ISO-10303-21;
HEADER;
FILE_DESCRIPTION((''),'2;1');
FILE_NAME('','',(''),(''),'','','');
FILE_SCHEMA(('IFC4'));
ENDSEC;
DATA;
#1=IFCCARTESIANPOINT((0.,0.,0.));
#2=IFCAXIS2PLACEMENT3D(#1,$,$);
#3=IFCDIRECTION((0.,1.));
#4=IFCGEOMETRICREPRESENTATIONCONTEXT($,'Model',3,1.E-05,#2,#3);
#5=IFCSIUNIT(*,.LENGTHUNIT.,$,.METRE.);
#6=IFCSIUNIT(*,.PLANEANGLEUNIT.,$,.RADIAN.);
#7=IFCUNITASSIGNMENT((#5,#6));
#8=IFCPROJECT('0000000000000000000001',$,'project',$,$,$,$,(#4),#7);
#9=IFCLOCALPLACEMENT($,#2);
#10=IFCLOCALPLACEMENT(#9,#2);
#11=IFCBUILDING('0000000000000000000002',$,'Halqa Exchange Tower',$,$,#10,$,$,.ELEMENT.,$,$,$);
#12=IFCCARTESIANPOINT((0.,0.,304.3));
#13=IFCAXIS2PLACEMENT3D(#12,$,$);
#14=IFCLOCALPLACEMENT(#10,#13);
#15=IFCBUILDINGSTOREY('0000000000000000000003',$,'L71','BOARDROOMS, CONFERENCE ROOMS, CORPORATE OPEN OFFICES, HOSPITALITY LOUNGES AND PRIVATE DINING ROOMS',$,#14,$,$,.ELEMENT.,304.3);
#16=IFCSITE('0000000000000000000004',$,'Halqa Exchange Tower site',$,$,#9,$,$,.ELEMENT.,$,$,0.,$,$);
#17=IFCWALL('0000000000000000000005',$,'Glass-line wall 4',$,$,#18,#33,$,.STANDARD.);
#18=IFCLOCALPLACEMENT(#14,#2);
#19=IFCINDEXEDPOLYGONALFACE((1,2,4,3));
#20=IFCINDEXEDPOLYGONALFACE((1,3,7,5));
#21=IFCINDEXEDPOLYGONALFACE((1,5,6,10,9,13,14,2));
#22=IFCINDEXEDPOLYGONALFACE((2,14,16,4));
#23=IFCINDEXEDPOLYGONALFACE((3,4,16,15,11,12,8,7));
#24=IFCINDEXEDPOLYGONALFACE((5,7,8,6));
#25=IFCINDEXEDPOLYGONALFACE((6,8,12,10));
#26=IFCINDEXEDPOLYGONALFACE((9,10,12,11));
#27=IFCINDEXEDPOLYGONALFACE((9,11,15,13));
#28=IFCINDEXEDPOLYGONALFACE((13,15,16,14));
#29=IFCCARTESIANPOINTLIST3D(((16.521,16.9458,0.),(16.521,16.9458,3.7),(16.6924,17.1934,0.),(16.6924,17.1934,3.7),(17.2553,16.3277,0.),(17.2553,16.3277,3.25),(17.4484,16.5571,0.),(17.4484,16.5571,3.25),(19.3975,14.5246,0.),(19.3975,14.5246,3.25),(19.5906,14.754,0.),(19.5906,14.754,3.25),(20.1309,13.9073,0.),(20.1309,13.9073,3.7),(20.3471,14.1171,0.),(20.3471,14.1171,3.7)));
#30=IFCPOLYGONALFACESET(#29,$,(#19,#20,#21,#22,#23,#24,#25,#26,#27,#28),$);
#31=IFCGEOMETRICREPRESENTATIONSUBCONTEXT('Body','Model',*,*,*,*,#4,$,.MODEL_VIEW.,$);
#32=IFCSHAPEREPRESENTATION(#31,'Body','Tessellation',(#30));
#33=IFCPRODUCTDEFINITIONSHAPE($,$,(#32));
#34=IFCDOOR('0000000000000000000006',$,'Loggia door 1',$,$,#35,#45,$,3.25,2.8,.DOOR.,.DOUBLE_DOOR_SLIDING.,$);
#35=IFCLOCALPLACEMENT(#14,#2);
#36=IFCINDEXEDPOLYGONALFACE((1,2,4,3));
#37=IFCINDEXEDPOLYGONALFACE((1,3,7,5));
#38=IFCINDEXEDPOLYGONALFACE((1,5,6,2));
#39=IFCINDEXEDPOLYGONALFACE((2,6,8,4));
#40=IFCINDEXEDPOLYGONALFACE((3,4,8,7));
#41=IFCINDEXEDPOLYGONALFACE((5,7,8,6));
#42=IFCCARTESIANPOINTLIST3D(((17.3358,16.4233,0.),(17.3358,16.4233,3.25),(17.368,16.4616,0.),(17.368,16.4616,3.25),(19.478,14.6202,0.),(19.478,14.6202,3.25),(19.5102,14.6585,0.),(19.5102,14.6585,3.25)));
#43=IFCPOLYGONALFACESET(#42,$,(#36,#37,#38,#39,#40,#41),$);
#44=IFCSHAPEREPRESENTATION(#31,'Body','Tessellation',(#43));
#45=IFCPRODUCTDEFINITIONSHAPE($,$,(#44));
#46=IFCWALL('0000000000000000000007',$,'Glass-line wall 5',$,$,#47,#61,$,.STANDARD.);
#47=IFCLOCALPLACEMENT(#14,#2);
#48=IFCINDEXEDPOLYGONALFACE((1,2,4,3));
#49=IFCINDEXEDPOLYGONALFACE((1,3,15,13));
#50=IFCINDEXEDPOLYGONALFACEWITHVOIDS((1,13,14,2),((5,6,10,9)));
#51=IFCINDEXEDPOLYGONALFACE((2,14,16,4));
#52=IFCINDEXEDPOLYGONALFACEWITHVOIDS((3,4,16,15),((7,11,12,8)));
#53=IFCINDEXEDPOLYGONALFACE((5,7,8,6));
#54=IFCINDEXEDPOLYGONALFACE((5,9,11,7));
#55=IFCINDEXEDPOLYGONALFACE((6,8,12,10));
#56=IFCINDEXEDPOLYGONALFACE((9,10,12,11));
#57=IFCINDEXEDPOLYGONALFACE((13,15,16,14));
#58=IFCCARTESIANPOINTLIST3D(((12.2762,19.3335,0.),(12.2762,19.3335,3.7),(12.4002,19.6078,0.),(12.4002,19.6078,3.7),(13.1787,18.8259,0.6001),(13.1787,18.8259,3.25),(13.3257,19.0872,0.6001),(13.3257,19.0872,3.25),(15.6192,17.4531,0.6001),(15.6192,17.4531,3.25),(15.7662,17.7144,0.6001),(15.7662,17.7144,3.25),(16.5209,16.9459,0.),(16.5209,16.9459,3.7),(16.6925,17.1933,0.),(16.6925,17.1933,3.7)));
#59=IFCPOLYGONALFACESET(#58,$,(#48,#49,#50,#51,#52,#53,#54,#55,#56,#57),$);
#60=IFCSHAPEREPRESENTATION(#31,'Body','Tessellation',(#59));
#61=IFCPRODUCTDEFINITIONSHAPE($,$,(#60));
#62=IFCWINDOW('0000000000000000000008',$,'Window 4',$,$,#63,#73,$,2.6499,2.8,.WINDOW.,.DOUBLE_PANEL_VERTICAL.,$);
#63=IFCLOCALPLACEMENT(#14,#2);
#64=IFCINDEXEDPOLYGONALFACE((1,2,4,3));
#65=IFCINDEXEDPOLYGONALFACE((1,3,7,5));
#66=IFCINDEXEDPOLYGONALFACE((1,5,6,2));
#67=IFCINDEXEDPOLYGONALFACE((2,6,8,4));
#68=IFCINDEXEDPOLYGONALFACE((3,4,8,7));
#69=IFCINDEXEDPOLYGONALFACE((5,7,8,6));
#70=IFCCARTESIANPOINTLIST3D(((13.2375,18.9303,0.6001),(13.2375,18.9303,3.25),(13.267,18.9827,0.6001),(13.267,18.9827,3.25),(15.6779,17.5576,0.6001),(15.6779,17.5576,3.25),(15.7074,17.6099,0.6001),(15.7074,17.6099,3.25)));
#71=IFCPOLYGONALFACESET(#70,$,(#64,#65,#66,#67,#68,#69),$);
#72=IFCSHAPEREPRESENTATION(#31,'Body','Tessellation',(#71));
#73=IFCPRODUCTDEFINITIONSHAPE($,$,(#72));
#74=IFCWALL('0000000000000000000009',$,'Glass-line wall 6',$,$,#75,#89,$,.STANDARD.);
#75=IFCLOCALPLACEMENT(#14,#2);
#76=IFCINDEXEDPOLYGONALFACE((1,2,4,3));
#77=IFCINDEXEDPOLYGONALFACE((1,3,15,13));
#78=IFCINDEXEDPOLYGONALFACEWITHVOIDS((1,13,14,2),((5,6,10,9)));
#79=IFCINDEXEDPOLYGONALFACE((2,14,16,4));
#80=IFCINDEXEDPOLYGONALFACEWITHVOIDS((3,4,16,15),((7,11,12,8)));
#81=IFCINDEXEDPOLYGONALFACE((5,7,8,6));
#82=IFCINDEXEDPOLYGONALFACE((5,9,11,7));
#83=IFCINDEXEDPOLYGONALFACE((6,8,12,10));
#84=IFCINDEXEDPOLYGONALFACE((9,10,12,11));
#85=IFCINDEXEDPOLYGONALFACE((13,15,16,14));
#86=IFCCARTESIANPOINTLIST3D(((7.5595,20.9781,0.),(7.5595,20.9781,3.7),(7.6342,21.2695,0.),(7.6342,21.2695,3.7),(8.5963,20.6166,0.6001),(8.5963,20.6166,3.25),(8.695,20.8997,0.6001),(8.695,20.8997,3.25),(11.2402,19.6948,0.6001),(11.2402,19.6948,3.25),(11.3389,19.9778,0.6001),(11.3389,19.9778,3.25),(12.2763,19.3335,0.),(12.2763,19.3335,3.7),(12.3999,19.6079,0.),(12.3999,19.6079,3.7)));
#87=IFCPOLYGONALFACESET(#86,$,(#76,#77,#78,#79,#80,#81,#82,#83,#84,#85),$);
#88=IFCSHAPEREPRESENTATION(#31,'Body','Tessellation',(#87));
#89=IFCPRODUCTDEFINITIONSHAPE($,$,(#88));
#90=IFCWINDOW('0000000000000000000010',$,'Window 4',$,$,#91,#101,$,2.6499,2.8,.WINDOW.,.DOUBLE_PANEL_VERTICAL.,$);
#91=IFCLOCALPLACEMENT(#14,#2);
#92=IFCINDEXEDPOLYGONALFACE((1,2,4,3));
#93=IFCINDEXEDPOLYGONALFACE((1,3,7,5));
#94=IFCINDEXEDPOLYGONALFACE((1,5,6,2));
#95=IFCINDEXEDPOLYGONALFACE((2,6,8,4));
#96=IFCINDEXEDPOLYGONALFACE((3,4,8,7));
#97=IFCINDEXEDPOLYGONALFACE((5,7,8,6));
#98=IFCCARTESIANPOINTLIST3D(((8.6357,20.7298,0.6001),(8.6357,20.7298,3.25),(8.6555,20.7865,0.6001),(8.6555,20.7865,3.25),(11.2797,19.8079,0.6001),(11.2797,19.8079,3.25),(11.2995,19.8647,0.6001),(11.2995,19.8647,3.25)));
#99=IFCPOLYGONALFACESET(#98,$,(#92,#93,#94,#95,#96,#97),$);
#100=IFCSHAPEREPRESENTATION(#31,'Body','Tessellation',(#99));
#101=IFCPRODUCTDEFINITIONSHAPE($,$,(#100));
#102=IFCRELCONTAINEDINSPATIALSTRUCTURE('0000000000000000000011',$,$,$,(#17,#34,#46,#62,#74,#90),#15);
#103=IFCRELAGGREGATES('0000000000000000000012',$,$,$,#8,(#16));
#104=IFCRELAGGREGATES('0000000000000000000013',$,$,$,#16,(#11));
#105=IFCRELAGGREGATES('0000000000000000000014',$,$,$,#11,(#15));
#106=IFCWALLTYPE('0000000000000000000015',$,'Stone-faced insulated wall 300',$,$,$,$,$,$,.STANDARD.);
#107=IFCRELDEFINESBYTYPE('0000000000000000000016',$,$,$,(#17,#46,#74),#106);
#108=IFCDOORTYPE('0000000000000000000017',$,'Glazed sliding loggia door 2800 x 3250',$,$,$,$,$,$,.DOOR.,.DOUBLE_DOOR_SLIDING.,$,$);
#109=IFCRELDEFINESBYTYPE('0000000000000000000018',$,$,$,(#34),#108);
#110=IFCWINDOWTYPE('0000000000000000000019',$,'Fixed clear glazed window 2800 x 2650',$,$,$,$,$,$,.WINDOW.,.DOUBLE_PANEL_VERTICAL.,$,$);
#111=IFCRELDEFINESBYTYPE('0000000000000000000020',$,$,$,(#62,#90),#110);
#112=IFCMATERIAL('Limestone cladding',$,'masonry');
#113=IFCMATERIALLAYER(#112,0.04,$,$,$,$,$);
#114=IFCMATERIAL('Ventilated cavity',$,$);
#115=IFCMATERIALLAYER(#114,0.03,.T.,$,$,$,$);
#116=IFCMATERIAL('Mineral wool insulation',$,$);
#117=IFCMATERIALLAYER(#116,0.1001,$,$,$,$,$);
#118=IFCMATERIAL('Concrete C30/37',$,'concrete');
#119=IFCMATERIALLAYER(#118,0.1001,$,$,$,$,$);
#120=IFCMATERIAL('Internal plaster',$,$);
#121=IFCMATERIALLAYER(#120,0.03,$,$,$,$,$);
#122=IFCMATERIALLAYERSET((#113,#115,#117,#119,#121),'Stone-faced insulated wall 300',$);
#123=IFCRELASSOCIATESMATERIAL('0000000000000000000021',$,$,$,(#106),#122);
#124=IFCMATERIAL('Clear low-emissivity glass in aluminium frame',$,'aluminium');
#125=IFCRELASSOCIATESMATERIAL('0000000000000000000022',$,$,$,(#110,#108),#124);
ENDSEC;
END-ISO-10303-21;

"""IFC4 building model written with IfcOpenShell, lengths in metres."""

from ifc_helpers import new_model, si_unit, direction, frame, frame_2d, origin, place, context, subcontext, project, spatial, polyline, rectangle, outline, extrude, material, layer, layer_set, type_object, element, fill, save


model = new_model("IFC4")

# Units and contexts
model_context = context("Model", 3, precision=1e-05, world=origin(), true_north=direction((0.0, 1.0)))
body_context = subcontext(model_context, "Body", "Model", "MODEL_VIEW")
ifc_project = project(units=[si_unit("LENGTHUNIT", "METRE"), si_unit("PLANEANGLEUNIT", "RADIAN")], contexts=[model_context])

# Site, building, storey
site_placement = place(None, origin())
site = spatial("IfcSite", under=ifc_project, at=site_placement, Name="Halqa Exchange Tower site", CompositionType="ELEMENT", RefElevation=0.0)
building_placement = place(site_placement, origin())
building = spatial("IfcBuilding", under=site, at=building_placement, Name="Halqa Exchange Tower", CompositionType="ELEMENT")
storey_placement = place(building_placement, frame((0.0, 0.0, 304.3)))
storey = spatial("IfcBuildingStorey", under=building, at=storey_placement, Name="L71", Description="BOARDROOMS, CONFERENCE ROOMS, CORPORATE OPEN OFFICES, HOSPITALITY LOUNGES AND PRIVATE DINING ROOMS", CompositionType="ELEMENT", Elevation=304.3)

# Shared definitions
ifc_material_1 = material(Name="Limestone cladding", Category="masonry")
ifc_layer_1 = layer(ifc_material_1, 0.04)
ifc_material_2 = material(Name="Ventilated cavity")
ifc_layer_2 = layer(ifc_material_2, 0.03, ventilated=True)
ifc_material_3 = material(Name="Mineral wool insulation")
ifc_layer_3 = layer(ifc_material_3, 0.1001)
ifc_material_4 = material(Name="Concrete C30/37", Category="concrete")
ifc_layer_4 = layer(ifc_material_4, 0.1001)
ifc_material_5 = material(Name="Internal plaster")
ifc_layer_5 = layer(ifc_material_5, 0.03)
ifc_layer_set = layer_set([ifc_layer_1, ifc_layer_2, ifc_layer_3, ifc_layer_4, ifc_layer_5], Name="Stone-faced insulated wall 300")
wall_type = type_object("IfcWallType", Name="Stone-faced insulated wall 300", PredefinedType="STANDARD", material=ifc_layer_set)
ifc_material_6 = material(Name="Clear low-emissivity glass in aluminium frame", Category="aluminium")
window_type = type_object("IfcWindowType", Name="Fixed clear glazed window 2800 x 2650", PartitioningType="DOUBLE_PANEL_VERTICAL", PredefinedType="WINDOW", material=ifc_material_6)

# Wall, opening, door
wall_1_placement = place(storey_placement, frame((20.239, 14.0122, 0.0), z_axis=(0.0, 0.0, 1.0), x_axis=(-0.765059, 0.64396, 0.0)))
wall_1 = element("IfcWall", 1, at=wall_1_placement, inside=storey, type_object=wall_type, Name="Glass-line wall 4", PredefinedType="STANDARD", context=body_context, shape_type="SweptSolid", body=[
    extrude(outline(polyline([(-0.0151, -0.1499), (4.762, -0.1499), (4.7336, 0.1499), (0.0151, 0.1499), (-0.0151, -0.1499)])), origin(), (0.0, 0.0, 1.0), 3.7),
])
opening_1_placement = place(wall_1_placement, frame((0.9739, 0.0, 0.0)))
opening_1 = element("IfcOpeningElement", 2, at=opening_1_placement, cuts=wall_1, PredefinedType="OPENING", context=body_context, shape_type="SweptSolid", body=[
    extrude(rectangle(XDim=2.8, YDim=3.25, at=frame_2d((1.3999, 1.625))), frame((0.0, 0.1621, 0.0), z_axis=(0.0, -1.0, 0.0), x_axis=(1.0, 0.0, 0.0)), (0.0, 0.0, 1.0), 0.324),
])
door_type = type_object("IfcDoorType", Name="Glazed sliding loggia door 2800 x 3250", OperationType="DOUBLE_DOOR_SLIDING", PredefinedType="DOOR", material=ifc_material_6)
door_placement = place(opening_1_placement, origin())
door = element("IfcDoor", 3, at=door_placement, inside=storey, type_object=door_type, Name="Loggia door 1", OperationType="DOUBLE_DOOR_SLIDING", OverallHeight=3.25, OverallWidth=2.8, PredefinedType="DOOR", context=body_context, shape_type="SweptSolid", body=[
    extrude(rectangle(XDim=2.8, YDim=3.25, at=frame_2d((1.3999, 1.625))), frame((0.0, 0.0249, 0.0), z_axis=(0.0, -1.0, 0.0), x_axis=(1.0, 0.0, 0.0)), (0.0, 0.0, 1.0), 0.05),
])
fill(opening_1, door)

# Walls, openings, windows
wall_2_placement = place(storey_placement, frame((16.6067, 17.0696, 0.0), z_axis=(0.0, 0.0, 1.0), x_axis=(-0.87157, 0.490271, 0.0)))
wall_2 = element("IfcWall", 4, at=wall_2_placement, inside=storey, type_object=wall_type, Name="Glass-line wall 5", PredefinedType="STANDARD", context=body_context, shape_type="SweptSolid", body=[
    extrude(outline(polyline([(-0.0142, -0.1499), (4.9106, -0.1499), (4.8843, 0.1499), (0.0142, 0.1499), (-0.0142, -0.1499)])), origin(), (0.0, 0.0, 1.0), 3.7),
])
opening_2_placement = place(wall_2_placement, frame((1.0488, 0.0, 0.6001)))
opening_2 = element("IfcOpeningElement", 5, at=opening_2_placement, cuts=wall_2, PredefinedType="OPENING", context=body_context, shape_type="SweptSolid", body=[
    extrude(rectangle(XDim=2.8, YDim=2.6499, at=frame_2d((1.3999, 1.325))), frame((0.0, 0.1621, 0.0), z_axis=(0.0, -1.0, 0.0), x_axis=(1.0, 0.0, 0.0)), (0.0, 0.0, 1.0), 0.324),
])
window_1_placement = place(opening_2_placement, origin())
window_1 = element("IfcWindow", 6, at=window_1_placement, inside=storey, type_object=window_type, Name="Window 4", OverallHeight=2.6499, OverallWidth=2.8, PartitioningType="DOUBLE_PANEL_VERTICAL", PredefinedType="WINDOW", context=body_context, shape_type="SweptSolid", body=[
    extrude(rectangle(XDim=2.8, YDim=2.6499, at=frame_2d((1.3999, 1.325))), frame((0.0, 0.03, 0.0), z_axis=(0.0, -1.0, 0.0), x_axis=(1.0, 0.0, 0.0)), (0.0, 0.0, 1.0), 0.0601),
])
fill(opening_2, window_1)
wall_3_placement = place(storey_placement, frame((12.3381, 19.4707, 0.0), z_axis=(0.0, 0.0, 1.0), x_axis=(-0.944252, 0.329224, 0.0)))
wall_3 = element("IfcWall", 7, at=wall_3_placement, inside=storey, type_object=wall_type, Name="Glass-line wall 6", PredefinedType="STANDARD", context=body_context, shape_type="SweptSolid", body=[
    extrude(outline(polyline([(-0.0132, -0.1499), (5.0339, -0.1499), (5.0085, 0.1499), (0.0132, 0.1499), (-0.0132, -0.1499)])), origin(), (0.0, 0.0, 1.0), 3.7),
])
opening_3_placement = place(wall_3_placement, frame((1.1106, 0.0, 0.6001)))
opening_3 = element("IfcOpeningElement", 8, at=opening_3_placement, cuts=wall_3, PredefinedType="OPENING", context=body_context, shape_type="SweptSolid", body=[
    extrude(rectangle(XDim=2.8, YDim=2.6499, at=frame_2d((1.3999, 1.325))), frame((0.0, 0.1621, 0.0), z_axis=(0.0, -1.0, 0.0), x_axis=(1.0, 0.0, 0.0)), (0.0, 0.0, 1.0), 0.324),
])
window_2_placement = place(opening_3_placement, origin())
window_2 = element("IfcWindow", 9, at=window_2_placement, inside=storey, type_object=window_type, Name="Window 4", OverallHeight=2.6499, OverallWidth=2.8, PartitioningType="DOUBLE_PANEL_VERTICAL", PredefinedType="WINDOW", context=body_context, shape_type="SweptSolid", body=[
    extrude(rectangle(XDim=2.8, YDim=2.6499, at=frame_2d((1.3999, 1.325))), frame((0.0, 0.03, 0.0), z_axis=(0.0, -1.0, 0.0), x_axis=(1.0, 0.0, 0.0)), (0.0, 0.0, 1.0), 0.0601),
])
fill(opening_3, window_2)

save(model, "model.ifc")
